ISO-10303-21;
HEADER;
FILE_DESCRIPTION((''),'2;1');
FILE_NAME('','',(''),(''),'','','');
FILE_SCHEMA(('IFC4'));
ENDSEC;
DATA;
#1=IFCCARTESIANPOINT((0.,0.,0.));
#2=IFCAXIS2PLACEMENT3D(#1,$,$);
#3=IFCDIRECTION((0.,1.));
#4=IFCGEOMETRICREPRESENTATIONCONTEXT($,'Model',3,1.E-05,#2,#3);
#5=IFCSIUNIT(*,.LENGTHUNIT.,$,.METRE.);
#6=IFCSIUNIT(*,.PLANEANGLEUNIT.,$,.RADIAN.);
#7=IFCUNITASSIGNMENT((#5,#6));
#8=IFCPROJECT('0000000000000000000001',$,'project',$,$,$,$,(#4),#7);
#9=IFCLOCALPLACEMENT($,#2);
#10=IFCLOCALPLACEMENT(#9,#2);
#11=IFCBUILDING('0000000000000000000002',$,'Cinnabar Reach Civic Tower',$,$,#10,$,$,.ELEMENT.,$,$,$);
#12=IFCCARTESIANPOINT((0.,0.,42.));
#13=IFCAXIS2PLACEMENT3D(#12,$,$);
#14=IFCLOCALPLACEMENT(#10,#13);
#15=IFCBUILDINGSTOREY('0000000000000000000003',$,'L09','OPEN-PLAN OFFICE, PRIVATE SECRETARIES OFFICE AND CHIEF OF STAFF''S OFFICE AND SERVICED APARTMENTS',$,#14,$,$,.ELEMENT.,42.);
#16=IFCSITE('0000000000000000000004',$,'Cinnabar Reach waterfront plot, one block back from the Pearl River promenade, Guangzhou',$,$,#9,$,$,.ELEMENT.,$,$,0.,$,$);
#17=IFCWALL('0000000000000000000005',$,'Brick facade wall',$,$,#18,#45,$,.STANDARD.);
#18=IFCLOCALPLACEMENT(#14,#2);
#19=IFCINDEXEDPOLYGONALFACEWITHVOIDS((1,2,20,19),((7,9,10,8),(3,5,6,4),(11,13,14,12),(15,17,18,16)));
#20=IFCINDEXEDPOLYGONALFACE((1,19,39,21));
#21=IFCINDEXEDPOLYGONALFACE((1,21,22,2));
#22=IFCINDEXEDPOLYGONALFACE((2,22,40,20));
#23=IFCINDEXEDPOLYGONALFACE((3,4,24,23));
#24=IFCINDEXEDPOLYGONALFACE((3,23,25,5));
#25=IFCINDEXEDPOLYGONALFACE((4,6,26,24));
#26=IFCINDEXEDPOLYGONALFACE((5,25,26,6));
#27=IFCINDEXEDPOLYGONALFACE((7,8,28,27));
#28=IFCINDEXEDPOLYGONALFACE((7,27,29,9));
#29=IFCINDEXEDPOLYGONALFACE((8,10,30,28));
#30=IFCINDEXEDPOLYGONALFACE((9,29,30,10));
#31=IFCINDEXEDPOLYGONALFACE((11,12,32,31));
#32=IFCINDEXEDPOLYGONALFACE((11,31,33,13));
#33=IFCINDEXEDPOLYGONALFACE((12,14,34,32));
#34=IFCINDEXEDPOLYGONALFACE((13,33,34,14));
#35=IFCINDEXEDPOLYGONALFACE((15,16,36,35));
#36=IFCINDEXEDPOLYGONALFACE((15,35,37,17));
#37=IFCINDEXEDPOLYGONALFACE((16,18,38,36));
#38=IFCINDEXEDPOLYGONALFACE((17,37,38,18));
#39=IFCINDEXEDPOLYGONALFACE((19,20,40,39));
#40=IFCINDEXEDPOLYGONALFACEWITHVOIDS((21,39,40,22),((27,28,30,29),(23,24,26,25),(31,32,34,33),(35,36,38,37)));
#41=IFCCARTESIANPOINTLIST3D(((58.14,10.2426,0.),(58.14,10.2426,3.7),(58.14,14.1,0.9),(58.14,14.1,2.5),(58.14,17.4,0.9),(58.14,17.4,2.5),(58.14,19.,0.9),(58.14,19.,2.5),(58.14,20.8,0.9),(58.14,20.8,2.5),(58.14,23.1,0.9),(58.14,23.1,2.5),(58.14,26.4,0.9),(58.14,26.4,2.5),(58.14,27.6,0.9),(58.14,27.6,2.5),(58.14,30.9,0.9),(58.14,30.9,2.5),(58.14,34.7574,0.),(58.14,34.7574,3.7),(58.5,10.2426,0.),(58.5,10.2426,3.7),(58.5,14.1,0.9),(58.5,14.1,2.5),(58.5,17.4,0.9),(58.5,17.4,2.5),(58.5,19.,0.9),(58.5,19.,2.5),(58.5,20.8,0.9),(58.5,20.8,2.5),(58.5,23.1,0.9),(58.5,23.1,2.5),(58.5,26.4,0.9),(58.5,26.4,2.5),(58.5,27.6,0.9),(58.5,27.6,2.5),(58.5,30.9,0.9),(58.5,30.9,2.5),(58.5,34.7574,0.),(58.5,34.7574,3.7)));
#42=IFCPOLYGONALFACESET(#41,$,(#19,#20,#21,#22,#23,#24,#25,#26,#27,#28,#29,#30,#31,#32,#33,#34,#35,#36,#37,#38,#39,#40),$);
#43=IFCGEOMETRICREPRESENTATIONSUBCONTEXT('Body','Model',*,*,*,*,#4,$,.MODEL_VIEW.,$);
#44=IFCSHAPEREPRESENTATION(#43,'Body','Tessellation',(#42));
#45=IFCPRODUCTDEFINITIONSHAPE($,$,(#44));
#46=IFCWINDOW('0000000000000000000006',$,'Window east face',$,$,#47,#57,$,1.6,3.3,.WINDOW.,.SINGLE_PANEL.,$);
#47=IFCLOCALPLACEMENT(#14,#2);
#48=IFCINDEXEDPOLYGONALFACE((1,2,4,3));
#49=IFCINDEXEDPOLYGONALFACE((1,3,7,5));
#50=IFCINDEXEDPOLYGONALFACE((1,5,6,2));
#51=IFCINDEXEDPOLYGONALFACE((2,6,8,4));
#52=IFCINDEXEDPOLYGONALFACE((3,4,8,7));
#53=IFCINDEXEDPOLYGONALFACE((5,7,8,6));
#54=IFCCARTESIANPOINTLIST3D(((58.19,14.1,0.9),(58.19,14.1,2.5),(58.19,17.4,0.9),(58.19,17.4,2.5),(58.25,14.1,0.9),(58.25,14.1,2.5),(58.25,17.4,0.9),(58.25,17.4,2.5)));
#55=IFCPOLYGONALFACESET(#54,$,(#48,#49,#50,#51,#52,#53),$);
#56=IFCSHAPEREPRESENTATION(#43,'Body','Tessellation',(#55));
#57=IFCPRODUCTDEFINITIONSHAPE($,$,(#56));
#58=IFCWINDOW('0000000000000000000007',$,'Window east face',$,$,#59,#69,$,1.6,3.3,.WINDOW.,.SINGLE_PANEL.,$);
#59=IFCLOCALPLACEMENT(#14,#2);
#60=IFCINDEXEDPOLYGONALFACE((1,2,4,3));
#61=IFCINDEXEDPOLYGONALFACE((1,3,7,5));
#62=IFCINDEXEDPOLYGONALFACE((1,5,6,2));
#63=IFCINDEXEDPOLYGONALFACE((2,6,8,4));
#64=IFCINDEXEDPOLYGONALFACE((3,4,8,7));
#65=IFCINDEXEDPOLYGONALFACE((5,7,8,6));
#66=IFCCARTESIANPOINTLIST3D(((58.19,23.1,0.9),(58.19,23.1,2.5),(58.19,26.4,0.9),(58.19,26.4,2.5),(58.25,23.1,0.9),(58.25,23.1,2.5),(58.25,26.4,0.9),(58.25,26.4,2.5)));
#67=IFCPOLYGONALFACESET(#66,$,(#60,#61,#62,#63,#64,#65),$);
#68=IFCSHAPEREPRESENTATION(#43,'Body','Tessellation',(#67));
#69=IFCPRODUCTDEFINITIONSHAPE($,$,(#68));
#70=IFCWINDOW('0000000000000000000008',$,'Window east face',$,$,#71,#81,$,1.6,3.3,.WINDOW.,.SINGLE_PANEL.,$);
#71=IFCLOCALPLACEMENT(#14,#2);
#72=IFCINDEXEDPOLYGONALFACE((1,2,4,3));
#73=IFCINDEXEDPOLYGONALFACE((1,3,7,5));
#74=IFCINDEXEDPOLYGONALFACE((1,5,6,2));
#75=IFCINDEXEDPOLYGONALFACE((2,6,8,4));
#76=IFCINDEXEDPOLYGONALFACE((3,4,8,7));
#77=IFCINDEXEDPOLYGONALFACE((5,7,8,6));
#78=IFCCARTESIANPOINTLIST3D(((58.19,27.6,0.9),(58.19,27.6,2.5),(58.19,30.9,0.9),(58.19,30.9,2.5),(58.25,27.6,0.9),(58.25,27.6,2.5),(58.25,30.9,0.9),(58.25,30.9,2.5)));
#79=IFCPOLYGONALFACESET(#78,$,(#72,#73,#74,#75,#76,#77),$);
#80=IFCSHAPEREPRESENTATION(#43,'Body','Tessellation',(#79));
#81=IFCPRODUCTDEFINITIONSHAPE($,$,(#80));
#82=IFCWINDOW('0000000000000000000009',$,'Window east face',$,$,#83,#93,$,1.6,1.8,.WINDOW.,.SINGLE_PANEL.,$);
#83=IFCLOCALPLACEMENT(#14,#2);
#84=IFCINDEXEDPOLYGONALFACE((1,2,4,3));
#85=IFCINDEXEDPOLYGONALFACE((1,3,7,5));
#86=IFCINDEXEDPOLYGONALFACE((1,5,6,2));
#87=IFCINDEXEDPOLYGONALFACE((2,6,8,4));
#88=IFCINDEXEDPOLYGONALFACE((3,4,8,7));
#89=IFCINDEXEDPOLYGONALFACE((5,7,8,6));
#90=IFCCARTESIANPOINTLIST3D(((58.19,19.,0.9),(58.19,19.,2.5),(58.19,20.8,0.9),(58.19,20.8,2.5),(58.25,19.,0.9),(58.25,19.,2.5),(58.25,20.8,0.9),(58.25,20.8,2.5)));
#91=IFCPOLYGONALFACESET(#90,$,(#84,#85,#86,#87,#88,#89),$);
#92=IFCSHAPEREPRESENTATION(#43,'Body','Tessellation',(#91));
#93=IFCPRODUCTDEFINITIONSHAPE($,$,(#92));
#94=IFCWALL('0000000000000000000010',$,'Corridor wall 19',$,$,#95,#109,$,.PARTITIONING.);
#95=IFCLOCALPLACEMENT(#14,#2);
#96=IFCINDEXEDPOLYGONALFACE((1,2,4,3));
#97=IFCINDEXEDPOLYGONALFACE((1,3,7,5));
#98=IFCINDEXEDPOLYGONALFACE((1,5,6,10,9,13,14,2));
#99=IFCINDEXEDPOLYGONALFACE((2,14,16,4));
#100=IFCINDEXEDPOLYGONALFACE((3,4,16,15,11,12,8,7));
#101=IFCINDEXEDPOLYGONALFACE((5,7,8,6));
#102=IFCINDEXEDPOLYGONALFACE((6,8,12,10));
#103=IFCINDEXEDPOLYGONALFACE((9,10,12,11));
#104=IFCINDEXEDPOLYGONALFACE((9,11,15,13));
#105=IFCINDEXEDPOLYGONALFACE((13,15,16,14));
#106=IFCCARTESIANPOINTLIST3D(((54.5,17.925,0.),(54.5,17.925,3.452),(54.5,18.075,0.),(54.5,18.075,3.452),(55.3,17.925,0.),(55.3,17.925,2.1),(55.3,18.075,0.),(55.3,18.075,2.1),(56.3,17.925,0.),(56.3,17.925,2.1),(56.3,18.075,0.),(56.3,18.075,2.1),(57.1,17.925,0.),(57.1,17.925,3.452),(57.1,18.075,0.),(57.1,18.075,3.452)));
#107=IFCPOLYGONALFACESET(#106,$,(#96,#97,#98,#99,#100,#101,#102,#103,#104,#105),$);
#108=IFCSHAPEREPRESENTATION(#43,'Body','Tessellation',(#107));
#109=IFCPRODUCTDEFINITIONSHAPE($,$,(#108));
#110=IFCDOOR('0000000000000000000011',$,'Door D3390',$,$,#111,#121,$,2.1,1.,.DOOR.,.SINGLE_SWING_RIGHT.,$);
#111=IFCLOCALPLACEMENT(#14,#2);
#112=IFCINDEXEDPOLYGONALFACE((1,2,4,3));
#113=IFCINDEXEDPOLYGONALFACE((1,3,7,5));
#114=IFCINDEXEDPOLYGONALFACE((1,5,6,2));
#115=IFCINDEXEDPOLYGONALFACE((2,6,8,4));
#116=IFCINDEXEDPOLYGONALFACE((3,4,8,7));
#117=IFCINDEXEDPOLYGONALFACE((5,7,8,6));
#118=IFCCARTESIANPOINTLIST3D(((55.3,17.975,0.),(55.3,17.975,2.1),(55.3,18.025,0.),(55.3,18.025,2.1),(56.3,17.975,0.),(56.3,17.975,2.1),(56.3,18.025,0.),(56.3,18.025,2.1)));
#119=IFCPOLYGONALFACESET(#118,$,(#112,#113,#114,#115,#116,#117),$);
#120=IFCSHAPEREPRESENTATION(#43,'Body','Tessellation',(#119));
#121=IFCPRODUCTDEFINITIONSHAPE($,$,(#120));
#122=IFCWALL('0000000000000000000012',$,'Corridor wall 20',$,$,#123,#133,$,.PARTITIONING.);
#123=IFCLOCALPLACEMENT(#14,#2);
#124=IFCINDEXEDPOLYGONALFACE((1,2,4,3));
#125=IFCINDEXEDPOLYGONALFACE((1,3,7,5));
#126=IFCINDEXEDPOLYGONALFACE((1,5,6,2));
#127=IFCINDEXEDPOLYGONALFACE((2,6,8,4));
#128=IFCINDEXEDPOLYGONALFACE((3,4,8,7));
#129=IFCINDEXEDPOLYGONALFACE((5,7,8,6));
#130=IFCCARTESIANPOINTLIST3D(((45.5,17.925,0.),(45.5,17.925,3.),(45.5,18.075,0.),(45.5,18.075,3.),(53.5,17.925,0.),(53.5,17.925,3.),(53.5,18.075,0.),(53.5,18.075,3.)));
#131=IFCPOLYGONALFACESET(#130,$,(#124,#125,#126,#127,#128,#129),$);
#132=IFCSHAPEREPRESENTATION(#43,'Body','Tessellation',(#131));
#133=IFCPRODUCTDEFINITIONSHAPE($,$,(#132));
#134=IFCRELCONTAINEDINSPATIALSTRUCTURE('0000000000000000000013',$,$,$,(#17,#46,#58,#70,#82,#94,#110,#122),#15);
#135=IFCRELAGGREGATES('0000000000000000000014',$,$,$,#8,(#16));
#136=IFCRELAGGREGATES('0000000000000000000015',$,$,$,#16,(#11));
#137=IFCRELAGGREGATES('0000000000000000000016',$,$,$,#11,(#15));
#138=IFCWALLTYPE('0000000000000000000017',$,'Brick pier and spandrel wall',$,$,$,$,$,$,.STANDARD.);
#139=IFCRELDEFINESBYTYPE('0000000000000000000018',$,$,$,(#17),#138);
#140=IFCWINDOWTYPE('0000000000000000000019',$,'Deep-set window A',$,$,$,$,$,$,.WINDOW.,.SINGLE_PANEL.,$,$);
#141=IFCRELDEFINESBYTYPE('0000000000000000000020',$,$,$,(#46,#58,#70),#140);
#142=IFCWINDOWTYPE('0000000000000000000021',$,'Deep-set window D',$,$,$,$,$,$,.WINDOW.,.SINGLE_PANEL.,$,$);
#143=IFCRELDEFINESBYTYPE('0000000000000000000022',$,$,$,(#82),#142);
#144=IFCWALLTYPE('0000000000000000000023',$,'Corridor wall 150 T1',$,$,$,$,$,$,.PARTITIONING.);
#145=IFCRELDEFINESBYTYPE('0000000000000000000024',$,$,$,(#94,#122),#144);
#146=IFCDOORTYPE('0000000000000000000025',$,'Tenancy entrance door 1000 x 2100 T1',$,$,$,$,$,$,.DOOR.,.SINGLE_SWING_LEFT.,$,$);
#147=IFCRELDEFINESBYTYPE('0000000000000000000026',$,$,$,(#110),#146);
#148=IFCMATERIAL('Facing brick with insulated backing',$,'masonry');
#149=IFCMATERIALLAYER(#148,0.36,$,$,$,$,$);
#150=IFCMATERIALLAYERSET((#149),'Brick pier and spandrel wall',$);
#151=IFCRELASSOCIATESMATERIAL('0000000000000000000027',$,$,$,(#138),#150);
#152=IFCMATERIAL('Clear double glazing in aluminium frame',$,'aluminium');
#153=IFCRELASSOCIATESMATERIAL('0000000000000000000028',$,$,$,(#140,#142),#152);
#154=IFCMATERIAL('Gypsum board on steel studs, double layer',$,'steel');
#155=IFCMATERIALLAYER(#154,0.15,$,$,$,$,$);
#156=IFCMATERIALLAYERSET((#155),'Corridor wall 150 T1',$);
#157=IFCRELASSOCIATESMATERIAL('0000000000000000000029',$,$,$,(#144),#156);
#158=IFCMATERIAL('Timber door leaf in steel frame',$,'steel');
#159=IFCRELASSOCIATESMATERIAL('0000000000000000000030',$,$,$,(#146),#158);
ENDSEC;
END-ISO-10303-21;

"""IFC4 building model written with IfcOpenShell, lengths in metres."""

from ifc_helpers import new_model, si_unit, direction, frame, frame_2d, origin, place, context, subcontext, project, spatial, rectangle, extrude, material, layer, layer_set, type_object, element, fill, save


model = new_model("IFC4")

# Units and contexts
model_context = context("Model", 3, precision=1e-05, world=origin(), true_north=direction((0.0, 1.0)))
body_context = subcontext(model_context, "Body", "Model", "MODEL_VIEW")
ifc_project = project(units=[si_unit("LENGTHUNIT", "METRE"), si_unit("PLANEANGLEUNIT", "RADIAN")], contexts=[model_context])

# Site, building, storey
site_placement = place(None, origin())
site = spatial("IfcSite", under=ifc_project, at=site_placement, Name="Cinnabar Reach waterfront plot, one block back from the Pearl River promenade, Guangzhou", CompositionType="ELEMENT", RefElevation=0.0)
building_placement = place(site_placement, origin())
building = spatial("IfcBuilding", under=site, at=building_placement, Name="Cinnabar Reach Civic Tower", CompositionType="ELEMENT")
storey_placement = place(building_placement, frame((0.0, 0.0, 42.0)))
storey = spatial("IfcBuildingStorey", under=building, at=storey_placement, Name="L09", Description="OPEN-PLAN OFFICE, PRIVATE SECRETARIES OFFICE AND CHIEF OF STAFF'S OFFICE AND SERVICED APARTMENTS", CompositionType="ELEMENT", Elevation=42.0)

# Shared definitions
ifc_material_1 = material(Name="Facing brick with insulated backing", Category="masonry")

# Wall, openings, windows
ifc_layer_1 = layer(ifc_material_1, 0.36)
ifc_layer_set_1 = layer_set([ifc_layer_1], Name="Brick pier and spandrel wall")
wall_type_1 = type_object("IfcWallType", Name="Brick pier and spandrel wall", PredefinedType="STANDARD", material=ifc_layer_set_1)
wall_1_placement = place(storey_placement, frame((58.32, 10.2426, 0.0), z_axis=(0.0, 0.0, 1.0), x_axis=(0.0, 1.0, 0.0)))
wall_1 = element("IfcWall", 1, at=wall_1_placement, inside=storey, type_object=wall_type_1, Name="Brick facade wall", PredefinedType="STANDARD", context=body_context, shape_type="SweptSolid", body=[
    extrude(rectangle(XDim=24.5148, YDim=0.36, at=frame_2d((12.2574, 0.0))), origin(), (0.0, 0.0, 1.0), 3.7),
])
opening_1_placement = place(wall_1_placement, frame((3.8574, 0.0, 0.9)))
opening_1 = element("IfcOpeningElement", 2, at=opening_1_placement, cuts=wall_1, PredefinedType="OPENING", context=body_context, shape_type="SweptSolid", body=[
    extrude(rectangle(XDim=3.3, YDim=1.6, at=frame_2d((1.65, 0.8))), frame((0.0, 0.19, 0.0), z_axis=(0.0, -1.0, 0.0), x_axis=(1.0, 0.0, 0.0)), (0.0, 0.0, 1.0), 0.38),
])
opening_2_placement = place(wall_1_placement, frame((8.7574, 0.0, 0.9)))
opening_2 = element("IfcOpeningElement", 3, at=opening_2_placement, cuts=wall_1, PredefinedType="OPENING", context=body_context, shape_type="SweptSolid", body=[
    extrude(rectangle(XDim=1.8, YDim=1.6, at=frame_2d((0.9, 0.8))), frame((0.0, 0.19, 0.0), z_axis=(0.0, -1.0, 0.0), x_axis=(1.0, 0.0, 0.0)), (0.0, 0.0, 1.0), 0.38),
])
opening_3_placement = place(wall_1_placement, frame((12.8574, 0.0, 0.9)))
opening_3 = element("IfcOpeningElement", 4, at=opening_3_placement, cuts=wall_1, PredefinedType="OPENING", context=body_context, shape_type="SweptSolid", body=[
    extrude(rectangle(XDim=3.3, YDim=1.6, at=frame_2d((1.65, 0.8))), frame((0.0, 0.19, 0.0), z_axis=(0.0, -1.0, 0.0), x_axis=(1.0, 0.0, 0.0)), (0.0, 0.0, 1.0), 0.38),
])
opening_4_placement = place(wall_1_placement, frame((17.3574, 0.0, 0.9)))
opening_4 = element("IfcOpeningElement", 5, at=opening_4_placement, cuts=wall_1, PredefinedType="OPENING", context=body_context, shape_type="SweptSolid", body=[
    extrude(rectangle(XDim=3.3, YDim=1.6, at=frame_2d((1.65, 0.8))), frame((0.0, 0.19, 0.0), z_axis=(0.0, -1.0, 0.0), x_axis=(1.0, 0.0, 0.0)), (0.0, 0.0, 1.0), 0.38),
])
ifc_material_2 = material(Name="Clear double glazing in aluminium frame", Category="aluminium")
window_type_1 = type_object("IfcWindowType", Name="Deep-set window A", PartitioningType="SINGLE_PANEL", PredefinedType="WINDOW", material=ifc_material_2)
window_1_placement = place(opening_1_placement, origin())
window_1 = element("IfcWindow", 6, at=window_1_placement, inside=storey, type_object=window_type_1, Name="Window east face", OverallHeight=1.6, OverallWidth=3.3, PartitioningType="SINGLE_PANEL", PredefinedType="WINDOW", context=body_context, shape_type="SweptSolid", body=[
    extrude(rectangle(XDim=3.3, YDim=1.6, at=frame_2d((1.65, 0.8))), frame((0.0, 0.13, 0.0), z_axis=(0.0, -1.0, 0.0), x_axis=(1.0, 0.0, 0.0)), (0.0, 0.0, 1.0), 0.06),
])
fill(opening_1, window_1)
window_2_placement = place(opening_3_placement, origin())
window_2 = element("IfcWindow", 7, at=window_2_placement, inside=storey, type_object=window_type_1, Name="Window east face", OverallHeight=1.6, OverallWidth=3.3, PartitioningType="SINGLE_PANEL", PredefinedType="WINDOW", context=body_context, shape_type="SweptSolid", body=[
    extrude(rectangle(XDim=3.3, YDim=1.6, at=frame_2d((1.65, 0.8))), frame((0.0, 0.13, 0.0), z_axis=(0.0, -1.0, 0.0), x_axis=(1.0, 0.0, 0.0)), (0.0, 0.0, 1.0), 0.06),
])
fill(opening_3, window_2)
window_3_placement = place(opening_4_placement, origin())
window_3 = element("IfcWindow", 8, at=window_3_placement, inside=storey, type_object=window_type_1, Name="Window east face", OverallHeight=1.6, OverallWidth=3.3, PartitioningType="SINGLE_PANEL", PredefinedType="WINDOW", context=body_context, shape_type="SweptSolid", body=[
    extrude(rectangle(XDim=3.3, YDim=1.6, at=frame_2d((1.65, 0.8))), frame((0.0, 0.13, 0.0), z_axis=(0.0, -1.0, 0.0), x_axis=(1.0, 0.0, 0.0)), (0.0, 0.0, 1.0), 0.06),
])
fill(opening_4, window_3)
window_type_2 = type_object("IfcWindowType", Name="Deep-set window D", PartitioningType="SINGLE_PANEL", PredefinedType="WINDOW", material=ifc_material_2)
window_4_placement = place(opening_2_placement, origin())
window_4 = element("IfcWindow", 9, at=window_4_placement, inside=storey, type_object=window_type_2, Name="Window east face", OverallHeight=1.6, OverallWidth=1.8, PartitioningType="SINGLE_PANEL", PredefinedType="WINDOW", context=body_context, shape_type="SweptSolid", body=[
    extrude(rectangle(XDim=1.8, YDim=1.6, at=frame_2d((0.9, 0.8))), frame((0.0, 0.13, 0.0), z_axis=(0.0, -1.0, 0.0), x_axis=(1.0, 0.0, 0.0)), (0.0, 0.0, 1.0), 0.06),
])
fill(opening_2, window_4)

# Wall, opening, door
ifc_material_3 = material(Name="Gypsum board on steel studs, double layer", Category="steel")
ifc_layer_2 = layer(ifc_material_3, 0.15)
ifc_layer_set_2 = layer_set([ifc_layer_2], Name="Corridor wall 150 T1")
wall_type_2 = type_object("IfcWallType", Name="Corridor wall 150 T1", PredefinedType="PARTITIONING", material=ifc_layer_set_2)
wall_2_placement = place(storey_placement, frame((54.5, 18.0, 0.0), z_axis=(0.0, 0.0, 1.0), x_axis=(1.0, 0.0, 0.0)))
wall_2 = element("IfcWall", 10, at=wall_2_placement, inside=storey, type_object=wall_type_2, Name="Corridor wall 19", PredefinedType="PARTITIONING", context=body_context, shape_type="SweptSolid", body=[
    extrude(rectangle(XDim=2.6, YDim=0.15, at=frame_2d((1.3, 0.0))), origin(), (0.0, 0.0, 1.0), 3.452),
])
opening_5_placement = place(wall_2_placement, frame((0.8, 0.0, 0.0)))
opening_5 = element("IfcOpeningElement", 11, at=opening_5_placement, cuts=wall_2, PredefinedType="OPENING", context=body_context, shape_type="SweptSolid", body=[
    extrude(rectangle(XDim=1.0, YDim=2.1, at=frame_2d((0.5, 1.05))), frame((0.0, 0.085, 0.0), z_axis=(0.0, -1.0, 0.0), x_axis=(1.0, 0.0, 0.0)), (0.0, 0.0, 1.0), 0.17),
])
ifc_material_4 = material(Name="Timber door leaf in steel frame", Category="steel")
door_type_1 = type_object("IfcDoorType", Name="Tenancy entrance door 1000 x 2100 T1", OperationType="SINGLE_SWING_LEFT", PredefinedType="DOOR", material=ifc_material_4)
door_1_placement = place(opening_5_placement, frame((1.0, 0.0, 0.0), z_axis=(0.0, 0.0, 1.0), x_axis=(-1.0, 0.0, 0.0)))
door_1 = element("IfcDoor", 12, at=door_1_placement, inside=storey, type_object=door_type_1, Name="Door D3390", OperationType="SINGLE_SWING_RIGHT", OverallHeight=2.1, OverallWidth=1.0, PredefinedType="DOOR", context=body_context, shape_type="SweptSolid", body=[
    extrude(rectangle(XDim=1.0, YDim=2.1, at=frame_2d((0.5, 1.05))), frame((0.0, 0.025, 0.0), z_axis=(0.0, -1.0, 0.0), x_axis=(1.0, 0.0, 0.0)), (0.0, 0.0, 1.0), 0.05),
])
fill(opening_5, door_1)

# Wall
wall_3_placement = place(storey_placement, frame((45.5, 18.0, 0.0), z_axis=(0.0, 0.0, 1.0), x_axis=(1.0, 0.0, 0.0)))
element("IfcWall", 13, at=wall_3_placement, inside=storey, type_object=wall_type_2, Name="Corridor wall 20", PredefinedType="PARTITIONING", context=body_context, shape_type="SweptSolid", body=[
    extrude(rectangle(XDim=8.0, YDim=0.15, at=frame_2d((4.0, 0.0))), origin(), (0.0, 0.0, 1.0), 3.0),
])

save(model, "model.ifc")
